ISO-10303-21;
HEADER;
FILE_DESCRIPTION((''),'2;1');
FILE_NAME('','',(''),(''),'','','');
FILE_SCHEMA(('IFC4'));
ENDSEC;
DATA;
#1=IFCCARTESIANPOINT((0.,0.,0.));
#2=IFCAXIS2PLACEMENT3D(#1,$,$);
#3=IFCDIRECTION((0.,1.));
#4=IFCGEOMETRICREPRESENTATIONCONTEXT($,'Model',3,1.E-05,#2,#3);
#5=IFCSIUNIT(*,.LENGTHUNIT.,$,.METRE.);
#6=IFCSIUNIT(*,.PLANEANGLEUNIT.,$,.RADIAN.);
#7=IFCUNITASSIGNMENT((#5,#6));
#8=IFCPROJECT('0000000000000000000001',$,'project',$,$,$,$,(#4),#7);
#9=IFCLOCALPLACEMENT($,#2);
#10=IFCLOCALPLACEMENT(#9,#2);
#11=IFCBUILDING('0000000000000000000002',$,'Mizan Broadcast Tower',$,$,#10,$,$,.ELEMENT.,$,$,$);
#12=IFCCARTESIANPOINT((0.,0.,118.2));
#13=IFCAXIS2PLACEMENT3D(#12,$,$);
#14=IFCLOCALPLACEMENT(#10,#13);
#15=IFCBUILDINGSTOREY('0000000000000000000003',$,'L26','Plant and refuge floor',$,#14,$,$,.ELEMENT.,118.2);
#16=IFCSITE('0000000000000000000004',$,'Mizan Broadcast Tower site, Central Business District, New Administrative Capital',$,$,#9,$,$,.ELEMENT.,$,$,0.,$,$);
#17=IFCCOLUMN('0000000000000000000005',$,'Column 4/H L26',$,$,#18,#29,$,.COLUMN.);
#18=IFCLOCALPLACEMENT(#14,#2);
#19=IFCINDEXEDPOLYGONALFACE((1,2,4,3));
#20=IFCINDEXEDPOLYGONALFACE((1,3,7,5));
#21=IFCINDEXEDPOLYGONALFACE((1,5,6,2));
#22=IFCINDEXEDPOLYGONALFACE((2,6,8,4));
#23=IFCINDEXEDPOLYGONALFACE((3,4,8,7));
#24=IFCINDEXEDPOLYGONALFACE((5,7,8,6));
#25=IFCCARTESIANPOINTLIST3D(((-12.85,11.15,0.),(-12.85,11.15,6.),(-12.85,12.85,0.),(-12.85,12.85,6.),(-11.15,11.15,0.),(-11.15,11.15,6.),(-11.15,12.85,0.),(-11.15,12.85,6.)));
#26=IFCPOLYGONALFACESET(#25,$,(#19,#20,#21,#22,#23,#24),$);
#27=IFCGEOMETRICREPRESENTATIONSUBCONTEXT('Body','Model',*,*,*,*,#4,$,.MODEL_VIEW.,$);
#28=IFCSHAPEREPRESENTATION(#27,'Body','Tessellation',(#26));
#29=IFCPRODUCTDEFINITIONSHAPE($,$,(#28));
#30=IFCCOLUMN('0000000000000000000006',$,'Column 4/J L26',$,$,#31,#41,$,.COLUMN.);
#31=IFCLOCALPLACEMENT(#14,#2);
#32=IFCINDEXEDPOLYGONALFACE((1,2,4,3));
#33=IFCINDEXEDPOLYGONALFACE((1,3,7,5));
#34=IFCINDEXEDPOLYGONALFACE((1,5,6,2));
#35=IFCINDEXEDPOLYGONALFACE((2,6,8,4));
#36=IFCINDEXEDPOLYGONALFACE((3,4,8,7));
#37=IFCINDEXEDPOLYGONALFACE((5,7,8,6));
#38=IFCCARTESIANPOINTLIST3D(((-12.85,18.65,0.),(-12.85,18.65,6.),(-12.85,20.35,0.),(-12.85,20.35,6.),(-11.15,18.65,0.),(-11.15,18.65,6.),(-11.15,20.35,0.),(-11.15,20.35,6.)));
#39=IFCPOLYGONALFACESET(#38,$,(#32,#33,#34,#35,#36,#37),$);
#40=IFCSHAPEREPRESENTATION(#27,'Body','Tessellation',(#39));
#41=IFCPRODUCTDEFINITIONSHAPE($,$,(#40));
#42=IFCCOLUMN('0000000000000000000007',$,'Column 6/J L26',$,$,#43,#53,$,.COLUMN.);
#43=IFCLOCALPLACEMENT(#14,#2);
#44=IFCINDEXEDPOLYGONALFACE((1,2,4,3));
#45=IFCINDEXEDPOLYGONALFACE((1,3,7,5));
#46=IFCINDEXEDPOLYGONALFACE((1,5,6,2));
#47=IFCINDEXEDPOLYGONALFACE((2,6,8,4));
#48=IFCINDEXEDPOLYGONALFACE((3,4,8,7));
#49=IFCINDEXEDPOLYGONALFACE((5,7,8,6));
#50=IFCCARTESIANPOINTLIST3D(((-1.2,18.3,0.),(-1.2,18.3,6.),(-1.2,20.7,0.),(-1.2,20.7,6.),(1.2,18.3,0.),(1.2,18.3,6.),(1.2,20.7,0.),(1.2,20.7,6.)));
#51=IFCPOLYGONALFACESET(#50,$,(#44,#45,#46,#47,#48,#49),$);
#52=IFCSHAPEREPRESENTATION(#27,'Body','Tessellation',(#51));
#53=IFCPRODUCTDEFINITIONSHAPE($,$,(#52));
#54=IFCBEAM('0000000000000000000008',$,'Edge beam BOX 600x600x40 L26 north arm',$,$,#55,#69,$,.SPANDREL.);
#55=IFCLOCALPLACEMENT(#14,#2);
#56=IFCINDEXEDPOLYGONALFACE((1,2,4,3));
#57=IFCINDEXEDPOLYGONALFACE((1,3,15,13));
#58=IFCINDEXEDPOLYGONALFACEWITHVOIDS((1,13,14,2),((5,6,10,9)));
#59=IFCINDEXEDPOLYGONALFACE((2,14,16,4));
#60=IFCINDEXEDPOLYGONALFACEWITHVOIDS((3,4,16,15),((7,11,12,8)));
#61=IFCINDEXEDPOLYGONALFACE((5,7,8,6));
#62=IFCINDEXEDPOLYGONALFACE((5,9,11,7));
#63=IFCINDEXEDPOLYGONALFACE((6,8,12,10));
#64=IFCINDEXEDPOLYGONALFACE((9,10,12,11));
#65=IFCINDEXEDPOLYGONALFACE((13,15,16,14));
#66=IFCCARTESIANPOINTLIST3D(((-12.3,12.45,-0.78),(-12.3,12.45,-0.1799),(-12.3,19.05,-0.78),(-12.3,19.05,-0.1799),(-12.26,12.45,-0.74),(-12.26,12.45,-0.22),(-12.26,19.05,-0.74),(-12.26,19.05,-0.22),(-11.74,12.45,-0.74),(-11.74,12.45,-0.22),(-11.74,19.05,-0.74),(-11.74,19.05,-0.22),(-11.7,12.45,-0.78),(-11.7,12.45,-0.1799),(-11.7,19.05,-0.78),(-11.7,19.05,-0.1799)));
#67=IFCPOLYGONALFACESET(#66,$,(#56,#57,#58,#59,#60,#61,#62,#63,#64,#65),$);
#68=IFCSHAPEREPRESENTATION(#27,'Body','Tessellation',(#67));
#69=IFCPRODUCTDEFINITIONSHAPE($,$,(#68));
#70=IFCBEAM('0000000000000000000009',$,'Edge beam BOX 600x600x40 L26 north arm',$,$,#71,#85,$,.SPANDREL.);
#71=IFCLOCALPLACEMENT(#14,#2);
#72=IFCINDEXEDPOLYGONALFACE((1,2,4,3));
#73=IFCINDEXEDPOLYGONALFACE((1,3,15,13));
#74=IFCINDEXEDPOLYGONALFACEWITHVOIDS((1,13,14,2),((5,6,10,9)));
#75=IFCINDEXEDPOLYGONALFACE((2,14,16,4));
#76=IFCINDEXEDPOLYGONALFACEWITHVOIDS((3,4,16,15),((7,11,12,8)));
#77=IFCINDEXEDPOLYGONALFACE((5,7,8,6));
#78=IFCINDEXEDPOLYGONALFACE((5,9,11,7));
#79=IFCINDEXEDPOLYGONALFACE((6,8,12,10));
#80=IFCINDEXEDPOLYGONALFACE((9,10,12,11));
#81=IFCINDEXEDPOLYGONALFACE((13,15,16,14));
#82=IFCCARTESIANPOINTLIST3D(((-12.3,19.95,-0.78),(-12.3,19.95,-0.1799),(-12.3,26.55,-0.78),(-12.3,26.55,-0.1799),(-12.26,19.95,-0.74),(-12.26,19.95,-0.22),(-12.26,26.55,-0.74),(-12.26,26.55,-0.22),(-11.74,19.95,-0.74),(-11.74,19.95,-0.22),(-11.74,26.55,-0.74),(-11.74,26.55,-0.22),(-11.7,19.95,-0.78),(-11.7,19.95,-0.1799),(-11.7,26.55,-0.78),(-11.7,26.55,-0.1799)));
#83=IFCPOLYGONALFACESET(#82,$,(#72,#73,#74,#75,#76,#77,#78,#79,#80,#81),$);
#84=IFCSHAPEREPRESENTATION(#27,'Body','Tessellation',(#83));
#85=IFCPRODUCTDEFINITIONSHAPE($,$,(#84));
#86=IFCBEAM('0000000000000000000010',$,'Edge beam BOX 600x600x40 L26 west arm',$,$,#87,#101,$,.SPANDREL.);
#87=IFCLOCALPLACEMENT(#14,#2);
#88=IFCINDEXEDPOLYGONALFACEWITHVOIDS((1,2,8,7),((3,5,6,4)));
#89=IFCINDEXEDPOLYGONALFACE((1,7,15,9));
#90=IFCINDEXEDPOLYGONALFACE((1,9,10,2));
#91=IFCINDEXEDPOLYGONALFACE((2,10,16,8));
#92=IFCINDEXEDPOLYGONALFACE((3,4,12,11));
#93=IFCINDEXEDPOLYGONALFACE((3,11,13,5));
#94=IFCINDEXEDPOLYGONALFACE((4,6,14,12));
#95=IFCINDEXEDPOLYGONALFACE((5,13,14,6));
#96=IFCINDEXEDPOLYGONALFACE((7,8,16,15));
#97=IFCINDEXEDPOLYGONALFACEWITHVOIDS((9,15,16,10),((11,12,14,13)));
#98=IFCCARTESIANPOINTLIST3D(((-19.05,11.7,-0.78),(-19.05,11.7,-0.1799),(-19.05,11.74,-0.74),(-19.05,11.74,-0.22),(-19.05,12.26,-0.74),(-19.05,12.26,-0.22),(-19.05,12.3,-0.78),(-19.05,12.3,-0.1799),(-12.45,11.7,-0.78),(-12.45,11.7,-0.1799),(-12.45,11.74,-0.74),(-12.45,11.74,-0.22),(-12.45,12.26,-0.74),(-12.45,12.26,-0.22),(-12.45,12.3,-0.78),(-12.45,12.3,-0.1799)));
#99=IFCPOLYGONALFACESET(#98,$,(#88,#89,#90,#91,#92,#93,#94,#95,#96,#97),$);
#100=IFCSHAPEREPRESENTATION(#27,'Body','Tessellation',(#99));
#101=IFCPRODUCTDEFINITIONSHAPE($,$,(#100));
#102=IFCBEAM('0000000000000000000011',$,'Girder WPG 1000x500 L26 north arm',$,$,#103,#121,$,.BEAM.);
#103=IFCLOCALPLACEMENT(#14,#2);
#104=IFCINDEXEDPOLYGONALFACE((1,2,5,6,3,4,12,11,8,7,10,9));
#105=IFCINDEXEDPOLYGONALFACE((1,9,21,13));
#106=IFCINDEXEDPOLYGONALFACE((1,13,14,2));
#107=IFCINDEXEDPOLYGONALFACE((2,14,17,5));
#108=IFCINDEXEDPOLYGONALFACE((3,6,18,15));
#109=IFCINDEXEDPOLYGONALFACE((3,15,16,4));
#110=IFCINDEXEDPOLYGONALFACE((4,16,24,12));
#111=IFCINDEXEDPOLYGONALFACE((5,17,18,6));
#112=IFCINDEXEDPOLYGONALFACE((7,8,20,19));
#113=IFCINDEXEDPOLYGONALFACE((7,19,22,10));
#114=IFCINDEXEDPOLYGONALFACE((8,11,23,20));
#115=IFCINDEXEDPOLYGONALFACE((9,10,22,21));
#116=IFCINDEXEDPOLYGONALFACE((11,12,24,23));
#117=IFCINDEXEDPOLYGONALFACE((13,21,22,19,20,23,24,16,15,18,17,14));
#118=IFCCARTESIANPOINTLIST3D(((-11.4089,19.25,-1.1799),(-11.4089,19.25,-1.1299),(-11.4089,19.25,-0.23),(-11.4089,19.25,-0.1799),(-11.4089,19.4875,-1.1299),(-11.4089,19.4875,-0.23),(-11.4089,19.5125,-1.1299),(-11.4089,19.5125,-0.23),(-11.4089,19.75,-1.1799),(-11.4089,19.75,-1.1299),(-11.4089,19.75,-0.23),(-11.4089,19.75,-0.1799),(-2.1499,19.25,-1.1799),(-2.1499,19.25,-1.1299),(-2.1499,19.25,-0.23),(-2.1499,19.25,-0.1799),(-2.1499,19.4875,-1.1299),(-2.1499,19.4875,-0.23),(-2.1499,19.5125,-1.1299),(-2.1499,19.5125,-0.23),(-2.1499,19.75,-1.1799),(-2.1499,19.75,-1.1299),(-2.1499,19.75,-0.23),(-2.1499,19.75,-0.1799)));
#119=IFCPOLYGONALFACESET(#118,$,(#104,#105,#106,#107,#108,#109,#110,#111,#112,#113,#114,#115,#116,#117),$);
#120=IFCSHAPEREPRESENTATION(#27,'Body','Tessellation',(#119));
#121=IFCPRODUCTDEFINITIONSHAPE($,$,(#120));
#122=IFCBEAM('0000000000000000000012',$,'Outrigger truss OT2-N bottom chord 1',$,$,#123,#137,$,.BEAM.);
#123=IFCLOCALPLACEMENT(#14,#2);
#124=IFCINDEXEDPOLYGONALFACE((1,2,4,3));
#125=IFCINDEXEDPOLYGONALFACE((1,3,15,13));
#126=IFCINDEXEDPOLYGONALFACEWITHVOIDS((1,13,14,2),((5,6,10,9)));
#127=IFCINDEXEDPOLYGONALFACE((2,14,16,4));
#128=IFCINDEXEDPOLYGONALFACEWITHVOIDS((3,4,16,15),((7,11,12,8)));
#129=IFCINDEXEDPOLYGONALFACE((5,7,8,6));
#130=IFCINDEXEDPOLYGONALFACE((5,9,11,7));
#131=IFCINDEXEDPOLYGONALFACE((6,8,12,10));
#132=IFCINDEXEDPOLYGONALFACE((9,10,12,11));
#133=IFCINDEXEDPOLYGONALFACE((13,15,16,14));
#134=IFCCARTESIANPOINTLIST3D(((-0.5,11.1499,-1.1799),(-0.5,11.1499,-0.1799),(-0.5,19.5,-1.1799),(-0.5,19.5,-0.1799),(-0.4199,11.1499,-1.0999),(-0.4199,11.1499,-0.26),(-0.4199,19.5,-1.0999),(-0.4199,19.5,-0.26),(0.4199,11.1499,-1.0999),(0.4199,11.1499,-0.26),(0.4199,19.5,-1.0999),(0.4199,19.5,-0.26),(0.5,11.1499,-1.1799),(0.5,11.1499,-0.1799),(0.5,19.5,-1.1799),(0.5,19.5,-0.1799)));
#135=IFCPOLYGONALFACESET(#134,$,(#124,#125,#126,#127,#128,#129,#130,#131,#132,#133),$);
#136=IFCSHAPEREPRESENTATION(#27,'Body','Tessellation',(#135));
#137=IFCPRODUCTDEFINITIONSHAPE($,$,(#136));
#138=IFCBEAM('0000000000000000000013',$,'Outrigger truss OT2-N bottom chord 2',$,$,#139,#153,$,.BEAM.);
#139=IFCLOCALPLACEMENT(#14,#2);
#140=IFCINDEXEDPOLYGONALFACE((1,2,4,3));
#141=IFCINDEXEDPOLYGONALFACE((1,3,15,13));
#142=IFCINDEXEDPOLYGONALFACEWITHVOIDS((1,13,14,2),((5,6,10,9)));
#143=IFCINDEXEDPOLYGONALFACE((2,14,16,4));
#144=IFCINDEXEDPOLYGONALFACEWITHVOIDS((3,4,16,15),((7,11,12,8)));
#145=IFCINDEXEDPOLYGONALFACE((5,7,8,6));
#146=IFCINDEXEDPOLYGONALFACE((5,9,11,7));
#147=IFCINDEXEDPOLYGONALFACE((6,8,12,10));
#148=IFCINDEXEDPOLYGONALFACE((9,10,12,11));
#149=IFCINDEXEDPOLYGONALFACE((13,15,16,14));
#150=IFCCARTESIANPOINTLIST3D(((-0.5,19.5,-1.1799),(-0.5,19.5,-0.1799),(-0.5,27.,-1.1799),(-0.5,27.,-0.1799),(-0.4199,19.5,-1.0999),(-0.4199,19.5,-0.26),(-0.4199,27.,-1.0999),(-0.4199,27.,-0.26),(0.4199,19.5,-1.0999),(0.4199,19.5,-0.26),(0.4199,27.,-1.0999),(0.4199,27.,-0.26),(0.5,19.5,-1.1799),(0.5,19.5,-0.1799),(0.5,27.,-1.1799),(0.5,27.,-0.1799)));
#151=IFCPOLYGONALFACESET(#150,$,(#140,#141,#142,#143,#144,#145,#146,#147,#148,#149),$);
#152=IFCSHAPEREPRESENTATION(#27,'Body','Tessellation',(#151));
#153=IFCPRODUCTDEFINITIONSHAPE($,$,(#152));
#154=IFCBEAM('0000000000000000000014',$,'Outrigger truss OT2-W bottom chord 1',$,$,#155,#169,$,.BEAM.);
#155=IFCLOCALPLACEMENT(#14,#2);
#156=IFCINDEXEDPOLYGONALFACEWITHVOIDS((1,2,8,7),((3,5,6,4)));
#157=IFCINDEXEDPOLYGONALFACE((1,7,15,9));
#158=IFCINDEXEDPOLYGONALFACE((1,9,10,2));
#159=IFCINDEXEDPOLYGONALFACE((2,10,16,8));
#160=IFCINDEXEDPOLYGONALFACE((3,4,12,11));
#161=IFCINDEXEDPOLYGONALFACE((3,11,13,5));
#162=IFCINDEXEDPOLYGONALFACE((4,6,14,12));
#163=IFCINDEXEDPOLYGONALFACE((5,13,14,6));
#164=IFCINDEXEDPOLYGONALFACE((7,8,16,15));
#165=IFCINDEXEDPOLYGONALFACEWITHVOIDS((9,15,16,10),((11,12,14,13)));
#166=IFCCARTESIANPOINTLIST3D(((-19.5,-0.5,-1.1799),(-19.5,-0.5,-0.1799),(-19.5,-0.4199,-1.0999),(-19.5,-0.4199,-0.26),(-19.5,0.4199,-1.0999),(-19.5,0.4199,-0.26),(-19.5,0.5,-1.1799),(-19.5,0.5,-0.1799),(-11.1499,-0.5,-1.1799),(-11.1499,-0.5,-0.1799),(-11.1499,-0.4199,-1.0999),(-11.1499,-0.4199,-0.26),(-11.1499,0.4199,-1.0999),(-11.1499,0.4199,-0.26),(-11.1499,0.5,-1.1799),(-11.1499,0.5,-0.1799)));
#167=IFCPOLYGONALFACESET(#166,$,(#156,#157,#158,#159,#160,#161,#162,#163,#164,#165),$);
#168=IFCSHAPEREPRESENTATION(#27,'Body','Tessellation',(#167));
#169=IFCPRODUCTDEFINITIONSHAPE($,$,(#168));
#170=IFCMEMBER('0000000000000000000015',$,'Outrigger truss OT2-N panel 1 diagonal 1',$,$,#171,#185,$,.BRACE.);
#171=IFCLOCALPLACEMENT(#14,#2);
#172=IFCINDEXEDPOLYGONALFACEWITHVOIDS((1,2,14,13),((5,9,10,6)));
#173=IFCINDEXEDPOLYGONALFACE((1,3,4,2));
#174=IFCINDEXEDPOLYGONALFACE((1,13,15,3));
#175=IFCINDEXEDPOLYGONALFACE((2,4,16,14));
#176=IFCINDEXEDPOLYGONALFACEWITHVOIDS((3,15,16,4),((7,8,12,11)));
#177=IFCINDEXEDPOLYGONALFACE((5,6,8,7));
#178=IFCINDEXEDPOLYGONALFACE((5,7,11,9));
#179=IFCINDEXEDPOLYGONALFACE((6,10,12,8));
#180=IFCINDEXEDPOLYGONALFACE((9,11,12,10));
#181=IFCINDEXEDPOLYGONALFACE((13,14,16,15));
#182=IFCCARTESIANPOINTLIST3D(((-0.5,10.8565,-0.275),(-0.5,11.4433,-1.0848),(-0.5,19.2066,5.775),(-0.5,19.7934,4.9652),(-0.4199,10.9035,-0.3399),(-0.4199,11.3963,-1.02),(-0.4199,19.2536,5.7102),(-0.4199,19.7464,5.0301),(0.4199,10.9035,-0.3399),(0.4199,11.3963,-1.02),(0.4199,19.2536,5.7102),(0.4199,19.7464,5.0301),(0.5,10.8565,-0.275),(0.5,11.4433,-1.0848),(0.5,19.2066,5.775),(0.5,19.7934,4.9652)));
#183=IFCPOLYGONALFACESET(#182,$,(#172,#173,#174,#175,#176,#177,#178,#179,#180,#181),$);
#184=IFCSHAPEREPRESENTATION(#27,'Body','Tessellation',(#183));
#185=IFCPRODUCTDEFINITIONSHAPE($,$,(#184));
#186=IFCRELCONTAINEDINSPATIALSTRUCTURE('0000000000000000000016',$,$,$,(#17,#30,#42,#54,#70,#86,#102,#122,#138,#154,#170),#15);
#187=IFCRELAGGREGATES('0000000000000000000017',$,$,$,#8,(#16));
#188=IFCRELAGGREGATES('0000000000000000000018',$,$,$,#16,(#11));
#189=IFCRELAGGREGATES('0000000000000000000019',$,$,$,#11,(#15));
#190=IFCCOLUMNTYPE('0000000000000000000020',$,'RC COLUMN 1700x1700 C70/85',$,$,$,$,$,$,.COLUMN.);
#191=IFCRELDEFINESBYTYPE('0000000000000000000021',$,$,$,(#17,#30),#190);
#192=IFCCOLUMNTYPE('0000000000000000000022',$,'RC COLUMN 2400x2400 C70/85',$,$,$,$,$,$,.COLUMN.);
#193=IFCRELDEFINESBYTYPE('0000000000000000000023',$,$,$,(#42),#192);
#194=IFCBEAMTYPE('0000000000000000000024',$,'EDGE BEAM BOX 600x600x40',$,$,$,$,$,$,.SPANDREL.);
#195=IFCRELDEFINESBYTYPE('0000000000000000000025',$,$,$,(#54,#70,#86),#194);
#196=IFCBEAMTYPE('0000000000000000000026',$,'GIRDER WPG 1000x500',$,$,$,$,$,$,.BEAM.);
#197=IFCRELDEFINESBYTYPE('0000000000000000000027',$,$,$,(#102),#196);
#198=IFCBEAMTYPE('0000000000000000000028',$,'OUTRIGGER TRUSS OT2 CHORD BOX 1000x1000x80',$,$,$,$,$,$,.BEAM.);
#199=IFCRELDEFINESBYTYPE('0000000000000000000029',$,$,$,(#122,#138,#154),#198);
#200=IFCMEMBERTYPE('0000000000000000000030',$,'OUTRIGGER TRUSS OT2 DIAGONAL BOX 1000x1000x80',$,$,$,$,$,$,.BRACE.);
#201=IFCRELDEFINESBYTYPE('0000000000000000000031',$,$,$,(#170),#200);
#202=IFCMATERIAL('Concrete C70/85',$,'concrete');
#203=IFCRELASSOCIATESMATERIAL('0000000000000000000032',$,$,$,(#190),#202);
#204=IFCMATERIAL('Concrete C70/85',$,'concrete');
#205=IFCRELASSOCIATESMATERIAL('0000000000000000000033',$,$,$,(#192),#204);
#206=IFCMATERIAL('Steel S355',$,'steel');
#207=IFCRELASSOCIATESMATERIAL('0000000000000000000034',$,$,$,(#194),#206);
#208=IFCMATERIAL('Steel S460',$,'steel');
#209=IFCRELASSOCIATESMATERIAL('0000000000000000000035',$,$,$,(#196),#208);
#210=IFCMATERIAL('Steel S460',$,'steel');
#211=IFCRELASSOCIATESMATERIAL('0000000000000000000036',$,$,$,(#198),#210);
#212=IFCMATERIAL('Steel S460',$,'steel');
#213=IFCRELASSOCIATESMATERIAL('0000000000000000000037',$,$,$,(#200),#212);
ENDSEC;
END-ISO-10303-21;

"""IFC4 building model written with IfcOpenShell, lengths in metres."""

from ifc_helpers import new_model, si_unit, direction, frame, origin, origin_2d, place, context, subcontext, project, spatial, rectangle, hollow_rectangle, i_section, extrude, material, material_profile, profile_set, type_object, element, save


model = new_model("IFC4")

# Units and contexts
model_context = context("Model", 3, precision=1e-05, world=origin(), true_north=direction((0.0, 1.0)))
body_context = subcontext(model_context, "Body", "Model", "MODEL_VIEW")
ifc_project = project(units=[si_unit("LENGTHUNIT", "METRE"), si_unit("PLANEANGLEUNIT", "RADIAN")], contexts=[model_context])

# Site, building, storey
site_placement = place(None, origin())
site = spatial("IfcSite", under=ifc_project, at=site_placement, Name="Mizan Broadcast Tower site, Central Business District, New Administrative Capital", CompositionType="ELEMENT", RefElevation=0.0)
building_placement = place(site_placement, origin())
building = spatial("IfcBuilding", under=site, at=building_placement, Name="Mizan Broadcast Tower", CompositionType="ELEMENT")
storey_placement = place(building_placement, frame((0.0, 0.0, 118.2)))
storey = spatial("IfcBuildingStorey", under=building, at=storey_placement, Name="L26", Description="Plant and refuge floor", CompositionType="ELEMENT", Elevation=118.2)

# Columns
ifc_material_1 = material(Name="Concrete C70/85", Category="concrete")
ifc_material_profile_1 = material_profile(ifc_material_1, rectangle(XDim=1.7, YDim=1.7, at=origin_2d()), Name="RC 1700x1700")
ifc_profile_set_1 = profile_set([ifc_material_profile_1], Name="Concrete C70/85")
column_type_1 = type_object("IfcColumnType", Name="RC COLUMN 1700x1700 C70/85", PredefinedType="COLUMN", material=ifc_profile_set_1)
for number, where, z_axis, x_axis, name in (
    (1, (-12.0, 12.0, 0.0), (0.0, 0.0, 1.0), (1.0, 0.0, 0.0), "Column 4/H L26"),
    (2, (-12.0, 19.5, 0.0), (0.0, 0.0, 1.0), (1.0, 0.0, 0.0), "Column 4/J L26"),
):
    element("IfcColumn", number, at=place(storey_placement, frame(where, z_axis=z_axis, x_axis=x_axis)), inside=storey, type_object=column_type_1, Name=name, PredefinedType="COLUMN", context=body_context, shape_type="SweptSolid", body=[
        extrude(rectangle(XDim=1.7, YDim=1.7, at=origin_2d()), origin(), (0.0, 0.0, 1.0), 6.0),
    ])
ifc_material_2 = material(Name="Concrete C70/85", Category="concrete")
ifc_material_profile_2 = material_profile(ifc_material_2, rectangle(XDim=2.3999, YDim=2.3999, at=origin_2d()), Name="RC 2400x2400")
ifc_profile_set_2 = profile_set([ifc_material_profile_2], Name="Concrete C70/85")
column_type_2 = type_object("IfcColumnType", Name="RC COLUMN 2400x2400 C70/85", PredefinedType="COLUMN", material=ifc_profile_set_2)
column_placement = place(storey_placement, frame((0.0, 19.5, 0.0), z_axis=(0.0, 0.0, 1.0), x_axis=(1.0, 0.0, 0.0)))
element("IfcColumn", 3, at=column_placement, inside=storey, type_object=column_type_2, Name="Column 6/J L26", PredefinedType="COLUMN", context=body_context, shape_type="SweptSolid", body=[
    extrude(rectangle(XDim=2.3999, YDim=2.3999, at=origin_2d()), origin(), (0.0, 0.0, 1.0), 6.0),
])

# Beams
ifc_material_3 = material(Name="Steel S355", Category="steel")
ifc_material_profile_3 = material_profile(ifc_material_3, hollow_rectangle(XDim=0.6001, YDim=0.6001, WallThickness=0.04, at=origin_2d()), Name="BOX 600x600x40")
ifc_profile_set_3 = profile_set([ifc_material_profile_3], Name="Steel S355")
beam_type_1 = type_object("IfcBeamType", Name="EDGE BEAM BOX 600x600x40", PredefinedType="SPANDREL", material=ifc_profile_set_3)
for number, where, z_axis, x_axis, name in (
    (4, (-12.0, 12.45, -0.48), (0.0, 1.0, 0.0), (-1.0, 0.0, 0.0), "Edge beam BOX 600x600x40 L26 north arm"),
    (5, (-12.0, 19.95, -0.48), (0.0, 1.0, 0.0), (-1.0, 0.0, 0.0), "Edge beam BOX 600x600x40 L26 north arm"),
    (6, (-12.45, 12.0, -0.48), (-1.0, 0.0, 0.0), (0.0, -1.0, 0.0), "Edge beam BOX 600x600x40 L26 west arm"),
):
    element("IfcBeam", number, at=place(storey_placement, frame(where, z_axis=z_axis, x_axis=x_axis)), inside=storey, type_object=beam_type_1, Name=name, PredefinedType="SPANDREL", context=body_context, shape_type="SweptSolid", body=[
        extrude(hollow_rectangle(XDim=0.6001, YDim=0.6001, WallThickness=0.04, at=origin_2d()), origin(), (0.0, 0.0, 1.0), 6.6001),
    ])
ifc_material_4 = material(Name="Steel S460", Category="steel")
ifc_material_profile_4 = material_profile(ifc_material_4, i_section(OverallWidth=0.5, OverallDepth=1.0, WebThickness=0.0249, FlangeThickness=0.05, at=origin_2d()), Name="WPG 1000x500")
ifc_profile_set_4 = profile_set([ifc_material_profile_4], Name="Steel S460")
beam_type_2 = type_object("IfcBeamType", Name="GIRDER WPG 1000x500", PredefinedType="BEAM", material=ifc_profile_set_4)
beam_1_placement = place(storey_placement, frame((-11.4089, 19.5, -0.6799), z_axis=(1.0, 0.0, 0.0), x_axis=(0.0, 1.0, 0.0)))
element("IfcBeam", 7, at=beam_1_placement, inside=storey, type_object=beam_type_2, Name="Girder WPG 1000x500 L26 north arm", PredefinedType="BEAM", context=body_context, shape_type="SweptSolid", body=[
    extrude(i_section(OverallWidth=0.5, OverallDepth=1.0, WebThickness=0.0249, FlangeThickness=0.05, at=origin_2d()), origin(), (0.0, 0.0, 1.0), 9.259),
])
ifc_material_5 = material(Name="Steel S460", Category="steel")
ifc_material_profile_5 = material_profile(ifc_material_5, hollow_rectangle(XDim=1.0, YDim=1.0, WallThickness=0.0801, at=origin_2d()), Name="BOX 1000x1000x80")
ifc_profile_set_5 = profile_set([ifc_material_profile_5], Name="Steel S460")
beam_type_3 = type_object("IfcBeamType", Name="OUTRIGGER TRUSS OT2 CHORD BOX 1000x1000x80", PredefinedType="BEAM", material=ifc_profile_set_5)
beam_2_placement = place(storey_placement, frame((0.0, 11.1499, -0.6799), z_axis=(0.0, 1.0, 0.0), x_axis=(-1.0, 0.0, 0.0)))
element("IfcBeam", 8, at=beam_2_placement, inside=storey, type_object=beam_type_3, Name="Outrigger truss OT2-N bottom chord 1", PredefinedType="BEAM", context=body_context, shape_type="SweptSolid", body=[
    extrude(hollow_rectangle(XDim=1.0, YDim=1.0, WallThickness=0.0801, at=origin_2d()), origin(), (0.0, 0.0, 1.0), 8.3501),
])
beam_3_placement = place(storey_placement, frame((0.0, 19.5, -0.6799), z_axis=(0.0, 1.0, 0.0), x_axis=(-1.0, 0.0, 0.0)))
element("IfcBeam", 9, at=beam_3_placement, inside=storey, type_object=beam_type_3, Name="Outrigger truss OT2-N bottom chord 2", PredefinedType="BEAM", context=body_context, shape_type="SweptSolid", body=[
    extrude(hollow_rectangle(XDim=1.0, YDim=1.0, WallThickness=0.0801, at=origin_2d()), origin(), (0.0, 0.0, 1.0), 7.5),
])
beam_4_placement = place(storey_placement, frame((-11.1499, 0.0, -0.6799), z_axis=(-1.0, 0.0, 0.0), x_axis=(0.0, -1.0, 0.0)))
element("IfcBeam", 10, at=beam_4_placement, inside=storey, type_object=beam_type_3, Name="Outrigger truss OT2-W bottom chord 1", PredefinedType="BEAM", context=body_context, shape_type="SweptSolid", body=[
    extrude(hollow_rectangle(XDim=1.0, YDim=1.0, WallThickness=0.0801, at=origin_2d()), origin(), (0.0, 0.0, 1.0), 8.3501),
])

# Member
ifc_material_6 = material(Name="Steel S460", Category="steel")
ifc_material_profile_6 = material_profile(ifc_material_6, hollow_rectangle(XDim=1.0, YDim=1.0, WallThickness=0.0801, at=origin_2d()), Name="BOX 1000x1000x80")
ifc_profile_set_6 = profile_set([ifc_material_profile_6], Name="Steel S460")
member_type = type_object("IfcMemberType", Name="OUTRIGGER TRUSS OT2 DIAGONAL BOX 1000x1000x80", PredefinedType="BRACE", material=ifc_profile_set_6)
for number, where, z_axis, x_axis, name in (
    (11, (0.0, 11.1499, -0.6799), (0.0, 0.809784, 0.586728), (-1.0, 0.0, 0.0), "Outrigger truss OT2-N panel 1 diagonal 1"),
):
    element("IfcMember", number, at=place(storey_placement, frame(where, z_axis=z_axis, x_axis=x_axis)), inside=storey, type_object=member_type, Name=name, PredefinedType="BRACE", context=body_context, shape_type="SweptSolid", body=[
        extrude(hollow_rectangle(XDim=1.0, YDim=1.0, WallThickness=0.0801, at=origin_2d()), origin(), (0.0, 0.0, 1.0), 10.3115),
    ])

save(model, "model.ifc")
